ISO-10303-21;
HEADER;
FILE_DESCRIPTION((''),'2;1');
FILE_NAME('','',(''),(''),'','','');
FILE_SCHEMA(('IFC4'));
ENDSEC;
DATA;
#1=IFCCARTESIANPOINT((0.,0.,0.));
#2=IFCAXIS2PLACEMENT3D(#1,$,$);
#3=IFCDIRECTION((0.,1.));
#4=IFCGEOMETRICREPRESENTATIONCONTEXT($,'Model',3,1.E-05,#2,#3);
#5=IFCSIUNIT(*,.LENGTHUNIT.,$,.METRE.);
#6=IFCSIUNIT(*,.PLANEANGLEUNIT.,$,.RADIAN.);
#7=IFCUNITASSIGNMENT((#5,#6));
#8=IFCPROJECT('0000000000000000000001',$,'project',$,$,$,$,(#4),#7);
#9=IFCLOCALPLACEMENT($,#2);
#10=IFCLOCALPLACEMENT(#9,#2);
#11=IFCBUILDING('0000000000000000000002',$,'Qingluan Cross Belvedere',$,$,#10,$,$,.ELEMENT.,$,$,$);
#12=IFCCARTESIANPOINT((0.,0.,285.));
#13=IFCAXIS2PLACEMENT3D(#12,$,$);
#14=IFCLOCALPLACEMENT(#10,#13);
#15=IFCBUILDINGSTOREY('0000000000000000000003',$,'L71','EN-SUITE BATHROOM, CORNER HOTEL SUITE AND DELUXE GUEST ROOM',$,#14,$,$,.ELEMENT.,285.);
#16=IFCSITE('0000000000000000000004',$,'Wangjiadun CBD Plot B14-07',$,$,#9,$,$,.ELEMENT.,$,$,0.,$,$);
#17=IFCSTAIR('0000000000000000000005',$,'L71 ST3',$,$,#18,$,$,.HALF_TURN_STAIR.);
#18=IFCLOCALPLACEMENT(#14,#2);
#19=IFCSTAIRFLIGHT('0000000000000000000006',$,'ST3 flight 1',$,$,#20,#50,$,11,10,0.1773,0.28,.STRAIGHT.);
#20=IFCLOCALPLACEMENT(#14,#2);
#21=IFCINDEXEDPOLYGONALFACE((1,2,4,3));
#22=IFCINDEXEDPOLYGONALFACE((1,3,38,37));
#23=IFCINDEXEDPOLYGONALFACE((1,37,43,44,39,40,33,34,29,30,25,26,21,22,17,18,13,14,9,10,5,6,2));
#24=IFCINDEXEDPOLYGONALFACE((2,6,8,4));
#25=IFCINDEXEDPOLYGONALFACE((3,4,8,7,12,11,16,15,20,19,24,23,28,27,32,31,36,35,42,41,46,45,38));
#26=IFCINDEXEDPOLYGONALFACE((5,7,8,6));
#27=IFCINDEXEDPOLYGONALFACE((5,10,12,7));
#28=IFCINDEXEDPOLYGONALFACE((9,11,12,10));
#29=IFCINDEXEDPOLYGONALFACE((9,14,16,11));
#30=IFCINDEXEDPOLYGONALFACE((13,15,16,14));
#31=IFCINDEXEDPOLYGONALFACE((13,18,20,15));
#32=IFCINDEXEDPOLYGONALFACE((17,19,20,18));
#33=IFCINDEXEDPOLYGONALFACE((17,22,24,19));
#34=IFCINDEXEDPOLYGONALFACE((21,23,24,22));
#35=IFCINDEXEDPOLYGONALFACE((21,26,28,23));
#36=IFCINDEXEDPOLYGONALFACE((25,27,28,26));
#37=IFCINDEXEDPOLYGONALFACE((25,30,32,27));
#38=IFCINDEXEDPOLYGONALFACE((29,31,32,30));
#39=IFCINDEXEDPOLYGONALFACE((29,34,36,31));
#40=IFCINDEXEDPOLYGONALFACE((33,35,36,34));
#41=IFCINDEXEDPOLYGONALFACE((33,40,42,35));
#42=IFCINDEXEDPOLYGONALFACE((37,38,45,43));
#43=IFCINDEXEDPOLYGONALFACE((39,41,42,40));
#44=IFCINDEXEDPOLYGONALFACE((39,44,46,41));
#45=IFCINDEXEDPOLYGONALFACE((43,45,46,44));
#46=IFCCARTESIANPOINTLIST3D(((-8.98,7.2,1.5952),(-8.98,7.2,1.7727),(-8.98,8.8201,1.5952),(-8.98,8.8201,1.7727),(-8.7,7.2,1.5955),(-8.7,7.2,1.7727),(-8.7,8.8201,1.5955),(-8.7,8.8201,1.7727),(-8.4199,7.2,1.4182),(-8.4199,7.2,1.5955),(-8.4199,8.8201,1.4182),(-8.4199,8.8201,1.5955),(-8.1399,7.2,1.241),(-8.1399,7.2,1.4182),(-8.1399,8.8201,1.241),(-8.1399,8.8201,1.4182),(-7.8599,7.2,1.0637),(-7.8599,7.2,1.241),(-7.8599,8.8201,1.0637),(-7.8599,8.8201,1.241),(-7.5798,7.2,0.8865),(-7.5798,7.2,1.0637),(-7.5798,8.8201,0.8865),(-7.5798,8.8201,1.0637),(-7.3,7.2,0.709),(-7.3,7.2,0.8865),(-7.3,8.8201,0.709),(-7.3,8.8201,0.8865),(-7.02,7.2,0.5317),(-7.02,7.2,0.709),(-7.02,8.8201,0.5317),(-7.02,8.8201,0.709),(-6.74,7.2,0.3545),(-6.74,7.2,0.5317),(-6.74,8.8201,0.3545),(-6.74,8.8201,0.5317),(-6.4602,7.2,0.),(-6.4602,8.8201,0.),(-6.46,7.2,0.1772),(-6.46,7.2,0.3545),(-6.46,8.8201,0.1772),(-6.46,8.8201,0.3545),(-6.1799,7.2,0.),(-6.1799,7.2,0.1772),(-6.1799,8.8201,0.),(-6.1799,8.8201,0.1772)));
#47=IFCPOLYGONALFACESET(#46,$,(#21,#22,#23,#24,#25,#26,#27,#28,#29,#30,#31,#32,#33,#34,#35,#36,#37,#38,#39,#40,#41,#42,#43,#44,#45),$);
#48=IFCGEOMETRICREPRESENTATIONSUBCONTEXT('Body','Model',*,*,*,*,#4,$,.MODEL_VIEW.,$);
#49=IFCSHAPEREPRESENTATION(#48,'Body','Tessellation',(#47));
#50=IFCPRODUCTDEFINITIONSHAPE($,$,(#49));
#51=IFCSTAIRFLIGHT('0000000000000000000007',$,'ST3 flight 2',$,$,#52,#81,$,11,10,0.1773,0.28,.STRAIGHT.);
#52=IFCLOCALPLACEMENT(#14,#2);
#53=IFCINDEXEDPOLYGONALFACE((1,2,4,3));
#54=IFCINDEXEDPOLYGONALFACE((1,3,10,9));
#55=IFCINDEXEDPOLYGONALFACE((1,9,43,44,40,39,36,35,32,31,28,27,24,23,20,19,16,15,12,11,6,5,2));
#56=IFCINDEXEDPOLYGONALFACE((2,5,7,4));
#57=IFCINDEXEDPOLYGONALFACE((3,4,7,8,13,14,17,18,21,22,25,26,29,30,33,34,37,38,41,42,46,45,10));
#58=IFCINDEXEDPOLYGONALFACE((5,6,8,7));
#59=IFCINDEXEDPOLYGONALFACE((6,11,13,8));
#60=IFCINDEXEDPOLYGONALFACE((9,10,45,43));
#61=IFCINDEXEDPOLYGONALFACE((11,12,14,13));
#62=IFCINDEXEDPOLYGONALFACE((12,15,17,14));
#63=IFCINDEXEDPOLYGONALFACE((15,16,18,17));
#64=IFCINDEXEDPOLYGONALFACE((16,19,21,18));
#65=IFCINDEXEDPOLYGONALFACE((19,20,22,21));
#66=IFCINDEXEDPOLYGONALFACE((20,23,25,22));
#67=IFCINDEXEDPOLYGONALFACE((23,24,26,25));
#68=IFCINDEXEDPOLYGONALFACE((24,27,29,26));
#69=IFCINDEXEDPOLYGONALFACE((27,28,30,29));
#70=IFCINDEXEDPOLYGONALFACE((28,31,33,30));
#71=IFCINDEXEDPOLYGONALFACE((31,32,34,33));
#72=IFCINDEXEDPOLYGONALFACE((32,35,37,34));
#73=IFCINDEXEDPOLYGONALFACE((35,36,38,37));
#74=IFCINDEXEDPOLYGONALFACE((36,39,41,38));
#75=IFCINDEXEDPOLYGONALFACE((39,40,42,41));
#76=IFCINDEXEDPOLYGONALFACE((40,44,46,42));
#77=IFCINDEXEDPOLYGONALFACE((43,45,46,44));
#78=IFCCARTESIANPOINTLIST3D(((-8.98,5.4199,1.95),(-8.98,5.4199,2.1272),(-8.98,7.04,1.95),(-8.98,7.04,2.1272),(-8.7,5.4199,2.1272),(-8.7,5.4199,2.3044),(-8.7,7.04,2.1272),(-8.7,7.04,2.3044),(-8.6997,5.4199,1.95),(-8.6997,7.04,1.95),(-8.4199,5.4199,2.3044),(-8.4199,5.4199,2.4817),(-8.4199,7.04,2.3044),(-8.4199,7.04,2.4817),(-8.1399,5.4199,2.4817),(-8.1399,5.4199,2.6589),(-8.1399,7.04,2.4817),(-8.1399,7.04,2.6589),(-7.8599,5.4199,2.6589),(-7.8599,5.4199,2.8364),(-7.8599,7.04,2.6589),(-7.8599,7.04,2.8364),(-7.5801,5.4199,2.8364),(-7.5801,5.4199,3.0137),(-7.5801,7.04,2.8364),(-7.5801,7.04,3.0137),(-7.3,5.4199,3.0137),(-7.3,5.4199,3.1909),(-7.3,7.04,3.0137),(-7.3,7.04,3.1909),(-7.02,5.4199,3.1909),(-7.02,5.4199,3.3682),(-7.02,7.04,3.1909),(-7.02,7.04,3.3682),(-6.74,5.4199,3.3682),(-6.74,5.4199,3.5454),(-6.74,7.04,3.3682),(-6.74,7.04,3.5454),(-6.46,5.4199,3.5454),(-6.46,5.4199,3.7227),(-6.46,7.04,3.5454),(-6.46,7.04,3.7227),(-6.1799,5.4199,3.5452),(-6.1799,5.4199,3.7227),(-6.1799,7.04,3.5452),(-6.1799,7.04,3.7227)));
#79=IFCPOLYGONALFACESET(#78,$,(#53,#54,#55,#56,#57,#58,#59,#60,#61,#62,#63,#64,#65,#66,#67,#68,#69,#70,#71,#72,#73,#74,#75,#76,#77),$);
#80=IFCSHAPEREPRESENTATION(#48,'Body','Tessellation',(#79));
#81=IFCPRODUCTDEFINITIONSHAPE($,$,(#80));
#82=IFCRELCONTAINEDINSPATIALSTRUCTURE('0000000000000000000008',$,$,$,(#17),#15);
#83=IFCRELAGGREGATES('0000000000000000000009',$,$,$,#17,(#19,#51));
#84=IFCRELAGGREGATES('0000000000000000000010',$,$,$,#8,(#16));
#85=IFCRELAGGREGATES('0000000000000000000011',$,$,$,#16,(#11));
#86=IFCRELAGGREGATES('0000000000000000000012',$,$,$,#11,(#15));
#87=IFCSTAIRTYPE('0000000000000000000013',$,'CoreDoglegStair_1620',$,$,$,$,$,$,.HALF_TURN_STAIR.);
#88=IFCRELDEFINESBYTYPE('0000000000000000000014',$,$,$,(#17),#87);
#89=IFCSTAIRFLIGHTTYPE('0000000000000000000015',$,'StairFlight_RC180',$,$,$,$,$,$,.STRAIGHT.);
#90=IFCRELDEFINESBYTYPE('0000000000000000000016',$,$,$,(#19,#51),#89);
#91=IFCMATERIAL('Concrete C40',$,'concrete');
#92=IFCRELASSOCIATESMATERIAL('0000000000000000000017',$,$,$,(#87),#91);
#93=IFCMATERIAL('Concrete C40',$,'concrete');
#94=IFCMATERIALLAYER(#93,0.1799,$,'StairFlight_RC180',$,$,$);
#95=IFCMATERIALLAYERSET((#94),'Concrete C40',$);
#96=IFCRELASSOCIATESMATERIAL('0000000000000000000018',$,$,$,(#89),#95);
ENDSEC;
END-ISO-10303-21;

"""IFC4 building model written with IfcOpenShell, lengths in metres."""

from ifc_helpers import new_model, si_unit, direction, frame, origin, place, context, subcontext, project, spatial, polyline, outline, extrude, material, layer, layer_set, type_object, element, aggregate, save


model = new_model("IFC4")

# Units and contexts
model_context = context("Model", 3, precision=1e-05, world=origin(), true_north=direction((0.0, 1.0)))
body_context = subcontext(model_context, "Body", "Model", "MODEL_VIEW")
ifc_project = project(units=[si_unit("LENGTHUNIT", "METRE"), si_unit("PLANEANGLEUNIT", "RADIAN")], contexts=[model_context])

# Site, building, storey
site_placement = place(None, origin())
site = spatial("IfcSite", under=ifc_project, at=site_placement, Name="Wangjiadun CBD Plot B14-07", CompositionType="ELEMENT", RefElevation=0.0)
building_placement = place(site_placement, origin())
building = spatial("IfcBuilding", under=site, at=building_placement, Name="Qingluan Cross Belvedere", CompositionType="ELEMENT")
storey_placement = place(building_placement, frame((0.0, 0.0, 285.0)))
storey = spatial("IfcBuildingStorey", under=building, at=storey_placement, Name="L71", Description="EN-SUITE BATHROOM, CORNER HOTEL SUITE AND DELUXE GUEST ROOM", CompositionType="ELEMENT", Elevation=285.0)

# Stair, stair flights
ifc_material_1 = material(Name="Concrete C40", Category="concrete")
stair_type = type_object("IfcStairType", Name="CoreDoglegStair_1620", PredefinedType="HALF_TURN_STAIR", material=ifc_material_1)
stair_placement = place(storey_placement, origin())
stair = element("IfcStair", 1, at=stair_placement, inside=storey, type_object=stair_type, Name="L71 ST3", PredefinedType="HALF_TURN_STAIR")
ifc_material_2 = material(Name="Concrete C40", Category="concrete")
ifc_layer_1 = layer(ifc_material_2, 0.1799, Name="StairFlight_RC180")
ifc_layer_set_1 = layer_set([ifc_layer_1], Name="Concrete C40")
stair_flight_type = type_object("IfcStairFlightType", Name="StairFlight_RC180", PredefinedType="STRAIGHT", material=ifc_layer_set_1)
stair_flight_1_placement = place(storey_placement, frame((-6.1799, 8.01, 0.0), z_axis=(0.0, 0.0, 1.0), x_axis=(-1.0, 0.0, 0.0)))
stair_flight_1 = element("IfcStairFlight", 2, at=stair_flight_1_placement, type_object=stair_flight_type, Name="ST3 flight 1", NumberOfRisers=11, NumberOfTreads=10, PredefinedType="STRAIGHT", RiserHeight=0.1773, TreadLength=0.28, context=body_context, shape_type="SweptSolid", body=[
    extrude(outline(polyline([(0.0, 0.0), (0.0, 0.1772), (0.28, 0.1772), (0.28, 0.3545), (0.5601, 0.3545), (0.5601, 0.5317), (0.8401, 0.5317), (0.8401, 0.709), (1.1201, 0.709), (1.1201, 0.8865), (1.3999, 0.8865), (1.3999, 1.0637), (1.6799, 1.0637), (1.6799, 1.241), (1.96, 1.241), (1.96, 1.4182), (2.24, 1.4182), (2.24, 1.5955), (2.52, 1.5955), (2.52, 1.7727), (2.8, 1.7727), (2.8, 1.95), (2.8, 1.5952), (0.2803, 0.0), (0.0, 0.0)])), frame((0.0, 0.8101, 0.0), z_axis=(0.0, -1.0, 0.0), x_axis=(1.0, 0.0, 0.0)), (0.0, 0.0, 1.0), 1.6201),
])
stair_flight_2_placement = place(storey_placement, frame((-8.98, 6.23, 1.95), z_axis=(0.0, 0.0, 1.0), x_axis=(1.0, 0.0, 0.0)))
stair_flight_2 = element("IfcStairFlight", 3, at=stair_flight_2_placement, type_object=stair_flight_type, Name="ST3 flight 2", NumberOfRisers=11, NumberOfTreads=10, PredefinedType="STRAIGHT", RiserHeight=0.1773, TreadLength=0.28, context=body_context, shape_type="SweptSolid", body=[
    extrude(outline(polyline([(0.0, 0.0), (0.0, 0.1772), (0.28, 0.1772), (0.28, 0.3545), (0.5601, 0.3545), (0.5601, 0.5317), (0.8401, 0.5317), (0.8401, 0.709), (1.1201, 0.709), (1.1201, 0.8865), (1.3999, 0.8865), (1.3999, 1.0637), (1.6799, 1.0637), (1.6799, 1.241), (1.96, 1.241), (1.96, 1.4182), (2.24, 1.4182), (2.24, 1.5955), (2.52, 1.5955), (2.52, 1.7727), (2.8, 1.7727), (2.8, 1.95), (2.8, 1.5952), (0.2803, 0.0), (0.0, 0.0)])), frame((0.0, 0.8101, 0.0), z_axis=(0.0, -1.0, 0.0), x_axis=(1.0, 0.0, 0.0)), (0.0, 0.0, 1.0), 1.6201),
])
aggregate(stair, [stair_flight_1, stair_flight_2])

save(model, "model.ifc")
